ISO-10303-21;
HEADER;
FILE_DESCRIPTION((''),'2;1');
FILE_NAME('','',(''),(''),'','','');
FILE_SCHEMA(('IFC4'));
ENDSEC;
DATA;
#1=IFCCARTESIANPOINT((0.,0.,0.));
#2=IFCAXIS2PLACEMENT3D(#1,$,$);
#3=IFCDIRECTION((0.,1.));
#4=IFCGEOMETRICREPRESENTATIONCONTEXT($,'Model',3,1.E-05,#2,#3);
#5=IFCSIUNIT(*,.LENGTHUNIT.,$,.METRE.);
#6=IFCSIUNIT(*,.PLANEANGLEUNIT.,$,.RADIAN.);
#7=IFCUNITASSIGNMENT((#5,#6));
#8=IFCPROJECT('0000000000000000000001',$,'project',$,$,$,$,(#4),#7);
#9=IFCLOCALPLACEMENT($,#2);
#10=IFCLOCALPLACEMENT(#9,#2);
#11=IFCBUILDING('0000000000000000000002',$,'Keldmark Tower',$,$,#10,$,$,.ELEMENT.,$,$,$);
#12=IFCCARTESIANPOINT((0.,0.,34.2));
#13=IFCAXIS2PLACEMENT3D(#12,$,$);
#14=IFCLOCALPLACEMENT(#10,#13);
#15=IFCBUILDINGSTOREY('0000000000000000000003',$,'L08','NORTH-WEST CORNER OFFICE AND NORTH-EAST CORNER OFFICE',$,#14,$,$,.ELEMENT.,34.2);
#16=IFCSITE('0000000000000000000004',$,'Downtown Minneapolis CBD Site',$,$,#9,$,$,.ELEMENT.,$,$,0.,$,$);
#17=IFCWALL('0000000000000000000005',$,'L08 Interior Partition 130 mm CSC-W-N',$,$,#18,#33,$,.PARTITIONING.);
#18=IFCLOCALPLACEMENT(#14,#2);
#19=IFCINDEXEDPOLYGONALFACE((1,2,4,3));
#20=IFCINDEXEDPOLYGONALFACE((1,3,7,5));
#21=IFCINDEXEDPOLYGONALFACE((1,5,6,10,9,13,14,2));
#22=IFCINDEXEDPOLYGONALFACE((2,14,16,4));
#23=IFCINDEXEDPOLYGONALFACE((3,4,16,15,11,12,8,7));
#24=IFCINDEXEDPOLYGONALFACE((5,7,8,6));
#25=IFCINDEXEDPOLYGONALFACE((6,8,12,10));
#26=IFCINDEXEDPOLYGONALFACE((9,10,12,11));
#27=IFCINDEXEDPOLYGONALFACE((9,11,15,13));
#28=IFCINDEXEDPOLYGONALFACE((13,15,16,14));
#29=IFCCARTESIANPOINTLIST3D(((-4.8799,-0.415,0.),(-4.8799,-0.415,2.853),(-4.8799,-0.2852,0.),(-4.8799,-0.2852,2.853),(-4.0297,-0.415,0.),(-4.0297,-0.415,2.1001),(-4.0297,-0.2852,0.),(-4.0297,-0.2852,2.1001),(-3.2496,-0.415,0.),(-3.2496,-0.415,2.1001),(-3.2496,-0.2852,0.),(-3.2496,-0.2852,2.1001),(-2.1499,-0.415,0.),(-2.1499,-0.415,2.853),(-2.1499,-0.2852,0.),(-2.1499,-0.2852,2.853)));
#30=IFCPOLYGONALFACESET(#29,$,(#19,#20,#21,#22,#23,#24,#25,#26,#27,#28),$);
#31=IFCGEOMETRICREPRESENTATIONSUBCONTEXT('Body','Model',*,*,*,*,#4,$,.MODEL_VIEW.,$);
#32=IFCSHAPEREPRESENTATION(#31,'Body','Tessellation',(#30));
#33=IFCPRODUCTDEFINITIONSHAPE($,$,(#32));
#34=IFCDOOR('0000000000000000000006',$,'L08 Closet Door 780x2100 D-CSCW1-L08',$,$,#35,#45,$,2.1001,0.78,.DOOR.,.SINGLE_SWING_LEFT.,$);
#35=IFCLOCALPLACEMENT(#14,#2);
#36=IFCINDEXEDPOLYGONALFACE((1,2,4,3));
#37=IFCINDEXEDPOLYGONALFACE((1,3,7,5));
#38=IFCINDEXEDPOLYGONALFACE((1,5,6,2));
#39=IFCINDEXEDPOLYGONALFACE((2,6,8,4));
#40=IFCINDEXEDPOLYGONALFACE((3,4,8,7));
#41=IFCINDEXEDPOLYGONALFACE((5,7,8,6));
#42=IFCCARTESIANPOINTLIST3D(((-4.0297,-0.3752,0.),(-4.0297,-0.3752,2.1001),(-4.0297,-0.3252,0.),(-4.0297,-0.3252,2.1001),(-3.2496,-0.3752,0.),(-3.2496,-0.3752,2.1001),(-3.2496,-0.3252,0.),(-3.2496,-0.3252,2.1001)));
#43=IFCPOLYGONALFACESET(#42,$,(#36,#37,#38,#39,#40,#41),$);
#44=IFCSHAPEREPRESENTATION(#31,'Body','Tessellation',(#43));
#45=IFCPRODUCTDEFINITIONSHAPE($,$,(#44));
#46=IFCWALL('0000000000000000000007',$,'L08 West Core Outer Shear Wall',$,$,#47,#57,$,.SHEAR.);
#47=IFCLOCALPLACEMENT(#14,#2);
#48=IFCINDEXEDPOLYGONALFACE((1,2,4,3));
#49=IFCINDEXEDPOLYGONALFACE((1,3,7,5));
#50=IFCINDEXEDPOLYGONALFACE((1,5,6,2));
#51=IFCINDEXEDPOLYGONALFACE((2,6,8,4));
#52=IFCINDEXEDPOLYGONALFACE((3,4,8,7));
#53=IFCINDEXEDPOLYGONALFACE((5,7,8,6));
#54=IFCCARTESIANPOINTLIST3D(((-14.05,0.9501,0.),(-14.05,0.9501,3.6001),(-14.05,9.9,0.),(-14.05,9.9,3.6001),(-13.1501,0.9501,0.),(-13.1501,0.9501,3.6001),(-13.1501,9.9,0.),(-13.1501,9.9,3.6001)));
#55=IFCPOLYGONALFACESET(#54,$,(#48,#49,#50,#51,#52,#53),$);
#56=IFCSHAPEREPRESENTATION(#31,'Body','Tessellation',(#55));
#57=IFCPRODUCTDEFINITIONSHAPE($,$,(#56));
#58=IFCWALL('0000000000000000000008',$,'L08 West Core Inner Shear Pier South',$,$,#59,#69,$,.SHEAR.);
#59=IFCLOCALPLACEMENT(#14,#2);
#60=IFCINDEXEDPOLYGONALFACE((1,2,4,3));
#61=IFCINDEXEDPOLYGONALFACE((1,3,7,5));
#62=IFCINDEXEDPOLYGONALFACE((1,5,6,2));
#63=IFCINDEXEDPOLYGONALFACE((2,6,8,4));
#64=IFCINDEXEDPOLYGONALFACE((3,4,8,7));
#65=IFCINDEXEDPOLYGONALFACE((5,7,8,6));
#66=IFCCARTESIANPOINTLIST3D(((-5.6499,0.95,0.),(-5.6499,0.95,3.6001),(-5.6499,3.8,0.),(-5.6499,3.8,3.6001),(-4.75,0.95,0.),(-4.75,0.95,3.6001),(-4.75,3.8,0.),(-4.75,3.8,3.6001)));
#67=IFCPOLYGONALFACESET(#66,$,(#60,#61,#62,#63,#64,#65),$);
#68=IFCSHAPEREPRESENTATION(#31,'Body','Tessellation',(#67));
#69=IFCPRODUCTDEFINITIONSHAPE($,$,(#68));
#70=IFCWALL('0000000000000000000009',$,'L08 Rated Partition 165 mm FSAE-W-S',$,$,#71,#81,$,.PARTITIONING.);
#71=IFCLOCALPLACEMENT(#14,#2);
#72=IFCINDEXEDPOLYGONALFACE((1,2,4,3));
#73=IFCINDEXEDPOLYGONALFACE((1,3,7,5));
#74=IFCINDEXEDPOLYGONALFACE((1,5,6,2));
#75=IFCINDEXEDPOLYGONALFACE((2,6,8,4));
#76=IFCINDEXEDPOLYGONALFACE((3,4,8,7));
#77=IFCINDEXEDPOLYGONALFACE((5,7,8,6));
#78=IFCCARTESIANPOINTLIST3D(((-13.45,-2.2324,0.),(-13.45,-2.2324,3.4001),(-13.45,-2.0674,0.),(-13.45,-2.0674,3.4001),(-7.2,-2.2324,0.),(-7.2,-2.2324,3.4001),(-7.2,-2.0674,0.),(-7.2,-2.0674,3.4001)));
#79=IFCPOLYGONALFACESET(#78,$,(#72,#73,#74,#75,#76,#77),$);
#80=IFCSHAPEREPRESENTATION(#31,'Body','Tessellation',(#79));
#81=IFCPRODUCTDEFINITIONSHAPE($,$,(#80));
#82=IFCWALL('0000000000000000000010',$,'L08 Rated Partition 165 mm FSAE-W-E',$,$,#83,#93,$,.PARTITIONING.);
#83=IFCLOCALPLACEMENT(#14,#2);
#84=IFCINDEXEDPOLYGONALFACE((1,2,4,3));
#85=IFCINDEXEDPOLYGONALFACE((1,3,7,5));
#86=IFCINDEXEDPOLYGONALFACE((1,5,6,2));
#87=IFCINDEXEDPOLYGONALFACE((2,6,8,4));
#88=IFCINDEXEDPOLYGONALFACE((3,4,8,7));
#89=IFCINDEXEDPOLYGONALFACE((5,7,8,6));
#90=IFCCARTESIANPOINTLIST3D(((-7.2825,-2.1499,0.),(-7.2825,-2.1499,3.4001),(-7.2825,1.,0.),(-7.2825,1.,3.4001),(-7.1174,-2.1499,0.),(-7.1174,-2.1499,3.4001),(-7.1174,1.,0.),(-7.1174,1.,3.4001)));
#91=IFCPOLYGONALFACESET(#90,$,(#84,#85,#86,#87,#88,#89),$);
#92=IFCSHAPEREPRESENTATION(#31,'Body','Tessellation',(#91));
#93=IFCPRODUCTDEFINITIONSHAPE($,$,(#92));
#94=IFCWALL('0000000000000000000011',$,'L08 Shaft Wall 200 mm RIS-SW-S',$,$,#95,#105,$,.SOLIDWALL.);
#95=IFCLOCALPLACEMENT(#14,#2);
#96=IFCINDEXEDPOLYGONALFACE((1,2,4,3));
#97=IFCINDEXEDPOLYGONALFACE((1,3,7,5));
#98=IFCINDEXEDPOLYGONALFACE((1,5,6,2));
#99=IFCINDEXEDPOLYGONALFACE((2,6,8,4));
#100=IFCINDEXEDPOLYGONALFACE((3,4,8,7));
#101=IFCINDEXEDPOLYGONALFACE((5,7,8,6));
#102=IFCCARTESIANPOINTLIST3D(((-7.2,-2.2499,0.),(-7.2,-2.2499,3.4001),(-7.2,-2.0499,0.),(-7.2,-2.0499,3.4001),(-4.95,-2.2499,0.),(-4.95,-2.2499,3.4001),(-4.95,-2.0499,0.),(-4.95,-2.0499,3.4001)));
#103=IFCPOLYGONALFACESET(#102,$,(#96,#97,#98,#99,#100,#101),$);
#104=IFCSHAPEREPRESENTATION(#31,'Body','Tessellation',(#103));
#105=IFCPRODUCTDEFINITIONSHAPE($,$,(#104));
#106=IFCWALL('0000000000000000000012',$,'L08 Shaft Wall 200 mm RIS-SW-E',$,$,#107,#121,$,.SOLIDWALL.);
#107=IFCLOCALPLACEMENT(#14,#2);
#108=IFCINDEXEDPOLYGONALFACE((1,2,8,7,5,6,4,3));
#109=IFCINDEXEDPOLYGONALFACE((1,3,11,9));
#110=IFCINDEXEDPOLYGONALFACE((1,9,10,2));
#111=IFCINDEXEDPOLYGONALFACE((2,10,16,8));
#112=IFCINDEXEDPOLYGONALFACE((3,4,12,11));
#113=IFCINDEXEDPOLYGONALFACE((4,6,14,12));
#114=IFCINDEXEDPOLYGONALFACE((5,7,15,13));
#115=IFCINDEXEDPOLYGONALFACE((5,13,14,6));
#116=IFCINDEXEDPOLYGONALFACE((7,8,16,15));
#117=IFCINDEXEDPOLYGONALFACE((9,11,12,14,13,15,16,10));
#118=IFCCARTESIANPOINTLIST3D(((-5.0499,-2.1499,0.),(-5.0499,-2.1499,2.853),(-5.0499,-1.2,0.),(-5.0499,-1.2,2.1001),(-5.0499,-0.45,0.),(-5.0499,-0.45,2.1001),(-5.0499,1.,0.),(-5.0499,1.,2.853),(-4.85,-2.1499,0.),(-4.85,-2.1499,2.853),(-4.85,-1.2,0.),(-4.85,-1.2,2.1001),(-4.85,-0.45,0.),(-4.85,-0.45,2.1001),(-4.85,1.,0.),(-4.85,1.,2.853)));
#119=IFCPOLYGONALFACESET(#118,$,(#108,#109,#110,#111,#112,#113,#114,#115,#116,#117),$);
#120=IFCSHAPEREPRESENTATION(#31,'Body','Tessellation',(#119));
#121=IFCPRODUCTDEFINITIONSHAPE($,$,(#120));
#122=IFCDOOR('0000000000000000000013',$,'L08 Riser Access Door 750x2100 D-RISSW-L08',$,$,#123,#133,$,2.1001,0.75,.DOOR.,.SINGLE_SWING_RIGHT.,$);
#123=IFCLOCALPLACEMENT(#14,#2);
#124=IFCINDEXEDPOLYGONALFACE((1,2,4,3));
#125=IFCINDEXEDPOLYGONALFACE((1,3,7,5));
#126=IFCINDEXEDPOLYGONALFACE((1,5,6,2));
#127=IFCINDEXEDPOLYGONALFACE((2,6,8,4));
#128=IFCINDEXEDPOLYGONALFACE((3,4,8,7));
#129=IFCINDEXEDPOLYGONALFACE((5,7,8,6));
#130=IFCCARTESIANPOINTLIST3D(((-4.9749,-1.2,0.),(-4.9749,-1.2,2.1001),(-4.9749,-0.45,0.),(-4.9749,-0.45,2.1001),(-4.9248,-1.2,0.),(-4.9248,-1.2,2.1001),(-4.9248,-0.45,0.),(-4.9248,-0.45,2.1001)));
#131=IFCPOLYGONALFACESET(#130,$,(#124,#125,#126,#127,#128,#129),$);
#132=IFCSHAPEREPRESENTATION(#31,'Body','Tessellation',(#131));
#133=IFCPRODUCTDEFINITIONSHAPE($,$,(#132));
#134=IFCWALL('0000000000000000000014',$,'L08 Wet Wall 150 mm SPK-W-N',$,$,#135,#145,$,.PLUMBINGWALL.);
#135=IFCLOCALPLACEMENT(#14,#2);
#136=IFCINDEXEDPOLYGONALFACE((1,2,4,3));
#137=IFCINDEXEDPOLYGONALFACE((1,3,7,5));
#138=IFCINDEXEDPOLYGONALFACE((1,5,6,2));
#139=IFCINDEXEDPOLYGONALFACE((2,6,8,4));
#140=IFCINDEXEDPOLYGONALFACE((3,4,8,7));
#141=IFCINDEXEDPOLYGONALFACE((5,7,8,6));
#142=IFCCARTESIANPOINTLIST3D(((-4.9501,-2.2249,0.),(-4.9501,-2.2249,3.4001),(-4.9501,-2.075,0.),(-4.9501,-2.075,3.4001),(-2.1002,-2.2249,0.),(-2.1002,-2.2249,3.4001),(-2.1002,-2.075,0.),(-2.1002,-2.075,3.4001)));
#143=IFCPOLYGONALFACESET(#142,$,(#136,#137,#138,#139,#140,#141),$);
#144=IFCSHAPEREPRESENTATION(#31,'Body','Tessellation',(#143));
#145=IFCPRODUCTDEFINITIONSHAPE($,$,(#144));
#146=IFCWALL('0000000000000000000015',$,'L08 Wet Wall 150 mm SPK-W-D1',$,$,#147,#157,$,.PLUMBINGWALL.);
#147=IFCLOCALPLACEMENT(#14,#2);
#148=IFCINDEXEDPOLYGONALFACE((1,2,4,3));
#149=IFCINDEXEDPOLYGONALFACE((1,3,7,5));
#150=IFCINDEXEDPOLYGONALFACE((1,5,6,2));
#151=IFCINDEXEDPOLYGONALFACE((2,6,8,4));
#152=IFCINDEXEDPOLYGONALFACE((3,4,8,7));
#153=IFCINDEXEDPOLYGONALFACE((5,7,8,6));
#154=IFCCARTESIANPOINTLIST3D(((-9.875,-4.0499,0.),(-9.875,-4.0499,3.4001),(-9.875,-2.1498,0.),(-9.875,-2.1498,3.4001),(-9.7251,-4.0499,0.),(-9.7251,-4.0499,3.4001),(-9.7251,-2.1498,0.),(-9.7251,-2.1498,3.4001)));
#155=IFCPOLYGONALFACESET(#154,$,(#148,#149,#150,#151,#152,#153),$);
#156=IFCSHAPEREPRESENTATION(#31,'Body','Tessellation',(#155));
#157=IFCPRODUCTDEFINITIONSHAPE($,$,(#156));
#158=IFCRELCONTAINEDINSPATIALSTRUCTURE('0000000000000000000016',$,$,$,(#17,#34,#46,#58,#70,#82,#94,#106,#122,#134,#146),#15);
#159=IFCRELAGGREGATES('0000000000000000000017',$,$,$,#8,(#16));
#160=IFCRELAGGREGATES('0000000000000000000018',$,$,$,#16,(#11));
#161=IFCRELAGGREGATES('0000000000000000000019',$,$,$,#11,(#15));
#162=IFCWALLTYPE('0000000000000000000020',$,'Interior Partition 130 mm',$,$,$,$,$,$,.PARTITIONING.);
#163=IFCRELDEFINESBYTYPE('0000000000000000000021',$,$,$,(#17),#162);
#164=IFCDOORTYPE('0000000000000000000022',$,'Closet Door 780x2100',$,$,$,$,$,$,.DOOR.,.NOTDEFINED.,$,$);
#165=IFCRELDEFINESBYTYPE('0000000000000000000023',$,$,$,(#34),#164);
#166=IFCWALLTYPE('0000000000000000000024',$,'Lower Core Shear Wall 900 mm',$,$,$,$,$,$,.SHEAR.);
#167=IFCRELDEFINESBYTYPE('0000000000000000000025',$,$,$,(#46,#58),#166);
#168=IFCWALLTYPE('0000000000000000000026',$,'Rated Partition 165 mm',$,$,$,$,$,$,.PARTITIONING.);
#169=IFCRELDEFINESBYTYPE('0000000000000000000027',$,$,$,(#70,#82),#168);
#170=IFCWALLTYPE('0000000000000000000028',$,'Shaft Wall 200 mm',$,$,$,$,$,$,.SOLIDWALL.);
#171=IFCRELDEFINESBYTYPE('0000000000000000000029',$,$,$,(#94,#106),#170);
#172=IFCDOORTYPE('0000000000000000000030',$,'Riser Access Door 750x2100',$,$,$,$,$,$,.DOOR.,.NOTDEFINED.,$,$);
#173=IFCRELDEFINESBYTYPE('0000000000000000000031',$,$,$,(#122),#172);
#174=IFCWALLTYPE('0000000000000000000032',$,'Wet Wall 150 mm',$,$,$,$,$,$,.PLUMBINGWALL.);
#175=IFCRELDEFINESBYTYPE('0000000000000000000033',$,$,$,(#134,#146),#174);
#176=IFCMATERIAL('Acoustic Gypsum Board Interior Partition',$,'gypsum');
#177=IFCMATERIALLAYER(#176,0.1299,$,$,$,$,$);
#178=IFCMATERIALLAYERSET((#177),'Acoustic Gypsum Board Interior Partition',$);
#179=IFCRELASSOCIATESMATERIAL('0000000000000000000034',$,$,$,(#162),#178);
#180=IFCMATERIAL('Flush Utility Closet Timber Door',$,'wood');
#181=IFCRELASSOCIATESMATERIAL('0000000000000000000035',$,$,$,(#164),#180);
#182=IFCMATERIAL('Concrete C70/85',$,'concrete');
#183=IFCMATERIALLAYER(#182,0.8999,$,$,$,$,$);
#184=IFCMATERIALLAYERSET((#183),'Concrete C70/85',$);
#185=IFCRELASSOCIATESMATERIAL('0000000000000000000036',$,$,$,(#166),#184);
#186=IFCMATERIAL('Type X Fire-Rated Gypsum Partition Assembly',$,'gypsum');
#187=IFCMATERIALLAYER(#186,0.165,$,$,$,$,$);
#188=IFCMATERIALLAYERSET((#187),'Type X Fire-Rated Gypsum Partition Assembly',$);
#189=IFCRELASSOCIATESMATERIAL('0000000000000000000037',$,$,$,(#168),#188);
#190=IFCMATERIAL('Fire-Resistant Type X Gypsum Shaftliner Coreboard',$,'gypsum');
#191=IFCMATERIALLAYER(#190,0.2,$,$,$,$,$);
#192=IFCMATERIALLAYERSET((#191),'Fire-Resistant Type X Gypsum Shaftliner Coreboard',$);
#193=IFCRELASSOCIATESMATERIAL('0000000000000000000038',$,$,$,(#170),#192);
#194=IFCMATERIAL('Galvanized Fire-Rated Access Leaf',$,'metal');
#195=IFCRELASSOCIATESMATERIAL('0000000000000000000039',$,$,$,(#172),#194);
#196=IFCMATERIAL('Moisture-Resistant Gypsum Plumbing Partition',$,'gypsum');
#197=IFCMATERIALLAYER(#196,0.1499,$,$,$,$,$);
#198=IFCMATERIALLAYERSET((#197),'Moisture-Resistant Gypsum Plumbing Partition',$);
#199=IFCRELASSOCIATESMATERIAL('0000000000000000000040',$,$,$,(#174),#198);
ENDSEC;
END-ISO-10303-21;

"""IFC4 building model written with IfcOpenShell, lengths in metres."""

from ifc_helpers import new_model, si_unit, direction, frame, frame_2d, origin, place, context, subcontext, project, spatial, rectangle, extrude, material, layer, layer_set, type_object, element, fill, save


model = new_model("IFC4")

# Units and contexts
model_context = context("Model", 3, precision=1e-05, world=origin(), true_north=direction((0.0, 1.0)))
body_context = subcontext(model_context, "Body", "Model", "MODEL_VIEW")
ifc_project = project(units=[si_unit("LENGTHUNIT", "METRE"), si_unit("PLANEANGLEUNIT", "RADIAN")], contexts=[model_context])

# Site, building, storey
site_placement = place(None, origin())
site = spatial("IfcSite", under=ifc_project, at=site_placement, Name="Downtown Minneapolis CBD Site", CompositionType="ELEMENT", RefElevation=0.0)
building_placement = place(site_placement, origin())
building = spatial("IfcBuilding", under=site, at=building_placement, Name="Keldmark Tower", CompositionType="ELEMENT")
storey_placement = place(building_placement, frame((0.0, 0.0, 34.2)))
storey = spatial("IfcBuildingStorey", under=building, at=storey_placement, Name="L08", Description="NORTH-WEST CORNER OFFICE AND NORTH-EAST CORNER OFFICE", CompositionType="ELEMENT", Elevation=34.2)

# Wall, opening, door
ifc_material_1 = material(Name="Acoustic Gypsum Board Interior Partition", Category="gypsum")
ifc_layer_1 = layer(ifc_material_1, 0.1299)
ifc_layer_set_1 = layer_set([ifc_layer_1], Name="Acoustic Gypsum Board Interior Partition")
wall_type_1 = type_object("IfcWallType", Name="Interior Partition 130 mm", PredefinedType="PARTITIONING", material=ifc_layer_set_1)
wall_1_placement = place(storey_placement, frame((-4.8799, -0.3501, 0.0), z_axis=(0.0, 0.0, 1.0), x_axis=(1.0, 0.0, 0.0)))
wall_1 = element("IfcWall", 1, at=wall_1_placement, inside=storey, type_object=wall_type_1, Name="L08 Interior Partition 130 mm CSC-W-N", PredefinedType="PARTITIONING", context=body_context, shape_type="SweptSolid", body=[
    extrude(rectangle(XDim=2.73, YDim=0.1299, at=frame_2d((1.365, 0.0))), origin(), (0.0, 0.0, 1.0), 2.853),
])
opening_1_placement = place(wall_1_placement, frame((0.8501, 0.0, 0.0)))
opening_1 = element("IfcOpeningElement", 2, at=opening_1_placement, cuts=wall_1, PredefinedType="OPENING", context=body_context, shape_type="SweptSolid", body=[
    extrude(rectangle(XDim=0.78, YDim=2.1001, at=frame_2d((0.3901, 1.05))), frame((0.0, 0.075, 0.0), z_axis=(0.0, -1.0, 0.0), x_axis=(1.0, 0.0, 0.0)), (0.0, 0.0, 1.0), 0.1499),
])
ifc_material_2 = material(Name="Flush Utility Closet Timber Door", Category="wood")
door_type_1 = type_object("IfcDoorType", Name="Closet Door 780x2100", OperationType="NOTDEFINED", PredefinedType="DOOR", material=ifc_material_2)
door_1_placement = place(opening_1_placement, origin())
door_1 = element("IfcDoor", 3, at=door_1_placement, inside=storey, type_object=door_type_1, Name="L08 Closet Door 780x2100 D-CSCW1-L08", OperationType="SINGLE_SWING_LEFT", OverallHeight=2.1001, OverallWidth=0.78, PredefinedType="DOOR", context=body_context, shape_type="SweptSolid", body=[
    extrude(rectangle(XDim=0.78, YDim=2.1001, at=frame_2d((0.3901, 1.05))), frame((0.0, 0.0249, 0.0), z_axis=(0.0, -1.0, 0.0), x_axis=(1.0, 0.0, 0.0)), (0.0, 0.0, 1.0), 0.05),
])
fill(opening_1, door_1)

# Walls
ifc_material_3 = material(Name="Concrete C70/85", Category="concrete")
ifc_layer_2 = layer(ifc_material_3, 0.8999)
ifc_layer_set_2 = layer_set([ifc_layer_2], Name="Concrete C70/85")
wall_type_2 = type_object("IfcWallType", Name="Lower Core Shear Wall 900 mm", PredefinedType="SHEAR", material=ifc_layer_set_2)
wall_2_placement = place(storey_placement, frame((-13.6001, 0.95, 0.0), z_axis=(0.0, 0.0, 1.0), x_axis=(0.0, 1.0, 0.0)))
element("IfcWall", 4, at=wall_2_placement, inside=storey, type_object=wall_type_2, Name="L08 West Core Outer Shear Wall", PredefinedType="SHEAR", context=body_context, shape_type="SweptSolid", body=[
    extrude(rectangle(XDim=8.95, YDim=0.8999, at=frame_2d((4.4751, 0.0))), origin(), (0.0, 0.0, 1.0), 3.6001),
])
wall_3_placement = place(storey_placement, frame((-5.2, 0.95, 0.0), z_axis=(0.0, 0.0, 1.0), x_axis=(0.0, 1.0, 0.0)))
element("IfcWall", 5, at=wall_3_placement, inside=storey, type_object=wall_type_2, Name="L08 West Core Inner Shear Pier South", PredefinedType="SHEAR", context=body_context, shape_type="SweptSolid", body=[
    extrude(rectangle(XDim=2.8501, YDim=0.8999, at=frame_2d((1.425, 0.0))), origin(), (0.0, 0.0, 1.0), 3.6001),
])
ifc_material_4 = material(Name="Type X Fire-Rated Gypsum Partition Assembly", Category="gypsum")
ifc_layer_3 = layer(ifc_material_4, 0.165)
ifc_layer_set_3 = layer_set([ifc_layer_3], Name="Type X Fire-Rated Gypsum Partition Assembly")
wall_type_3 = type_object("IfcWallType", Name="Rated Partition 165 mm", PredefinedType="PARTITIONING", material=ifc_layer_set_3)
wall_4_placement = place(storey_placement, frame((-13.45, -2.1499, 0.0), z_axis=(0.0, 0.0, 1.0), x_axis=(1.0, 0.0, 0.0)))
element("IfcWall", 6, at=wall_4_placement, inside=storey, type_object=wall_type_3, Name="L08 Rated Partition 165 mm FSAE-W-S", PredefinedType="PARTITIONING", context=body_context, shape_type="SweptSolid", body=[
    extrude(rectangle(XDim=6.25, YDim=0.165, at=frame_2d((3.125, 0.0))), origin(), (0.0, 0.0, 1.0), 3.4001),
])

# Walls
wall_5_placement = place(storey_placement, frame((-7.2, -2.1499, 0.0), z_axis=(0.0, 0.0, 1.0), x_axis=(0.0, 1.0, 0.0)))
element("IfcWall", 7, at=wall_5_placement, inside=storey, type_object=wall_type_3, Name="L08 Rated Partition 165 mm FSAE-W-E", PredefinedType="PARTITIONING", context=body_context, shape_type="SweptSolid", body=[
    extrude(rectangle(XDim=3.1499, YDim=0.165, at=frame_2d((1.575, 0.0))), origin(), (0.0, 0.0, 1.0), 3.4001),
])
ifc_material_5 = material(Name="Fire-Resistant Type X Gypsum Shaftliner Coreboard", Category="gypsum")
ifc_layer_4 = layer(ifc_material_5, 0.2)
ifc_layer_set_4 = layer_set([ifc_layer_4], Name="Fire-Resistant Type X Gypsum Shaftliner Coreboard")
wall_type_4 = type_object("IfcWallType", Name="Shaft Wall 200 mm", PredefinedType="SOLIDWALL", material=ifc_layer_set_4)
wall_6_placement = place(storey_placement, frame((-7.2, -2.1499, 0.0), z_axis=(0.0, 0.0, 1.0), x_axis=(1.0, 0.0, 0.0)))
element("IfcWall", 8, at=wall_6_placement, inside=storey, type_object=wall_type_4, Name="L08 Shaft Wall 200 mm RIS-SW-S", PredefinedType="SOLIDWALL", context=body_context, shape_type="SweptSolid", body=[
    extrude(rectangle(XDim=2.25, YDim=0.2, at=frame_2d((1.125, 0.0))), origin(), (0.0, 0.0, 1.0), 3.4001),
])

# Wall, opening, door
wall_7_placement = place(storey_placement, frame((-4.95, -2.1499, 0.0), z_axis=(0.0, 0.0, 1.0), x_axis=(0.0, 1.0, 0.0)))
wall_7 = element("IfcWall", 9, at=wall_7_placement, inside=storey, type_object=wall_type_4, Name="L08 Shaft Wall 200 mm RIS-SW-E", PredefinedType="SOLIDWALL", context=body_context, shape_type="SweptSolid", body=[
    extrude(rectangle(XDim=3.1499, YDim=0.2, at=frame_2d((1.575, 0.0))), origin(), (0.0, 0.0, 1.0), 2.853),
])
opening_2_placement = place(wall_7_placement, frame((0.95, 0.0, 0.0)))
opening_2 = element("IfcOpeningElement", 10, at=opening_2_placement, cuts=wall_7, PredefinedType="OPENING", context=body_context, shape_type="SweptSolid", body=[
    extrude(rectangle(XDim=0.75, YDim=2.1001, at=frame_2d((0.375, 1.05))), frame((0.0, 0.1099, 0.0), z_axis=(0.0, -1.0, 0.0), x_axis=(1.0, 0.0, 0.0)), (0.0, 0.0, 1.0), 0.22),
])
ifc_material_6 = material(Name="Galvanized Fire-Rated Access Leaf", Category="metal")
door_type_2 = type_object("IfcDoorType", Name="Riser Access Door 750x2100", OperationType="NOTDEFINED", PredefinedType="DOOR", material=ifc_material_6)
door_2_placement = place(opening_2_placement, origin())
door_2 = element("IfcDoor", 11, at=door_2_placement, inside=storey, type_object=door_type_2, Name="L08 Riser Access Door 750x2100 D-RISSW-L08", OperationType="SINGLE_SWING_RIGHT", OverallHeight=2.1001, OverallWidth=0.75, PredefinedType="DOOR", context=body_context, shape_type="SweptSolid", body=[
    extrude(rectangle(XDim=0.75, YDim=2.1001, at=frame_2d((0.375, 1.05))), frame((0.0, 0.0249, 0.0), z_axis=(0.0, -1.0, 0.0), x_axis=(1.0, 0.0, 0.0)), (0.0, 0.0, 1.0), 0.05),
])
fill(opening_2, door_2)

# Walls
ifc_material_7 = material(Name="Moisture-Resistant Gypsum Plumbing Partition", Category="gypsum")
ifc_layer_5 = layer(ifc_material_7, 0.1499)
ifc_layer_set_5 = layer_set([ifc_layer_5], Name="Moisture-Resistant Gypsum Plumbing Partition")
wall_type_5 = type_object("IfcWallType", Name="Wet Wall 150 mm", PredefinedType="PLUMBINGWALL", material=ifc_layer_set_5)
wall_8_placement = place(storey_placement, frame((-4.95, -2.1499, 0.0), z_axis=(0.0, 0.0, 1.0), x_axis=(1.0, 0.0, 0.0)))
element("IfcWall", 12, at=wall_8_placement, inside=storey, type_object=wall_type_5, Name="L08 Wet Wall 150 mm SPK-W-N", PredefinedType="PLUMBINGWALL", context=body_context, shape_type="SweptSolid", body=[
    extrude(rectangle(XDim=2.8499, YDim=0.1499, at=frame_2d((1.4248, 0.0))), origin(), (0.0, 0.0, 1.0), 3.4001),
])
wall_9_placement = place(storey_placement, frame((-9.8, -4.05, 0.0), z_axis=(0.0, 0.0, 1.0), x_axis=(0.0, 1.0, 0.0)))
element("IfcWall", 13, at=wall_9_placement, inside=storey, type_object=wall_type_5, Name="L08 Wet Wall 150 mm SPK-W-D1", PredefinedType="PLUMBINGWALL", context=body_context, shape_type="SweptSolid", body=[
    extrude(rectangle(XDim=1.9001, YDim=0.1499, at=frame_2d((0.9502, 0.0))), origin(), (0.0, 0.0, 1.0), 3.4001),
])

save(model, "model.ifc")
